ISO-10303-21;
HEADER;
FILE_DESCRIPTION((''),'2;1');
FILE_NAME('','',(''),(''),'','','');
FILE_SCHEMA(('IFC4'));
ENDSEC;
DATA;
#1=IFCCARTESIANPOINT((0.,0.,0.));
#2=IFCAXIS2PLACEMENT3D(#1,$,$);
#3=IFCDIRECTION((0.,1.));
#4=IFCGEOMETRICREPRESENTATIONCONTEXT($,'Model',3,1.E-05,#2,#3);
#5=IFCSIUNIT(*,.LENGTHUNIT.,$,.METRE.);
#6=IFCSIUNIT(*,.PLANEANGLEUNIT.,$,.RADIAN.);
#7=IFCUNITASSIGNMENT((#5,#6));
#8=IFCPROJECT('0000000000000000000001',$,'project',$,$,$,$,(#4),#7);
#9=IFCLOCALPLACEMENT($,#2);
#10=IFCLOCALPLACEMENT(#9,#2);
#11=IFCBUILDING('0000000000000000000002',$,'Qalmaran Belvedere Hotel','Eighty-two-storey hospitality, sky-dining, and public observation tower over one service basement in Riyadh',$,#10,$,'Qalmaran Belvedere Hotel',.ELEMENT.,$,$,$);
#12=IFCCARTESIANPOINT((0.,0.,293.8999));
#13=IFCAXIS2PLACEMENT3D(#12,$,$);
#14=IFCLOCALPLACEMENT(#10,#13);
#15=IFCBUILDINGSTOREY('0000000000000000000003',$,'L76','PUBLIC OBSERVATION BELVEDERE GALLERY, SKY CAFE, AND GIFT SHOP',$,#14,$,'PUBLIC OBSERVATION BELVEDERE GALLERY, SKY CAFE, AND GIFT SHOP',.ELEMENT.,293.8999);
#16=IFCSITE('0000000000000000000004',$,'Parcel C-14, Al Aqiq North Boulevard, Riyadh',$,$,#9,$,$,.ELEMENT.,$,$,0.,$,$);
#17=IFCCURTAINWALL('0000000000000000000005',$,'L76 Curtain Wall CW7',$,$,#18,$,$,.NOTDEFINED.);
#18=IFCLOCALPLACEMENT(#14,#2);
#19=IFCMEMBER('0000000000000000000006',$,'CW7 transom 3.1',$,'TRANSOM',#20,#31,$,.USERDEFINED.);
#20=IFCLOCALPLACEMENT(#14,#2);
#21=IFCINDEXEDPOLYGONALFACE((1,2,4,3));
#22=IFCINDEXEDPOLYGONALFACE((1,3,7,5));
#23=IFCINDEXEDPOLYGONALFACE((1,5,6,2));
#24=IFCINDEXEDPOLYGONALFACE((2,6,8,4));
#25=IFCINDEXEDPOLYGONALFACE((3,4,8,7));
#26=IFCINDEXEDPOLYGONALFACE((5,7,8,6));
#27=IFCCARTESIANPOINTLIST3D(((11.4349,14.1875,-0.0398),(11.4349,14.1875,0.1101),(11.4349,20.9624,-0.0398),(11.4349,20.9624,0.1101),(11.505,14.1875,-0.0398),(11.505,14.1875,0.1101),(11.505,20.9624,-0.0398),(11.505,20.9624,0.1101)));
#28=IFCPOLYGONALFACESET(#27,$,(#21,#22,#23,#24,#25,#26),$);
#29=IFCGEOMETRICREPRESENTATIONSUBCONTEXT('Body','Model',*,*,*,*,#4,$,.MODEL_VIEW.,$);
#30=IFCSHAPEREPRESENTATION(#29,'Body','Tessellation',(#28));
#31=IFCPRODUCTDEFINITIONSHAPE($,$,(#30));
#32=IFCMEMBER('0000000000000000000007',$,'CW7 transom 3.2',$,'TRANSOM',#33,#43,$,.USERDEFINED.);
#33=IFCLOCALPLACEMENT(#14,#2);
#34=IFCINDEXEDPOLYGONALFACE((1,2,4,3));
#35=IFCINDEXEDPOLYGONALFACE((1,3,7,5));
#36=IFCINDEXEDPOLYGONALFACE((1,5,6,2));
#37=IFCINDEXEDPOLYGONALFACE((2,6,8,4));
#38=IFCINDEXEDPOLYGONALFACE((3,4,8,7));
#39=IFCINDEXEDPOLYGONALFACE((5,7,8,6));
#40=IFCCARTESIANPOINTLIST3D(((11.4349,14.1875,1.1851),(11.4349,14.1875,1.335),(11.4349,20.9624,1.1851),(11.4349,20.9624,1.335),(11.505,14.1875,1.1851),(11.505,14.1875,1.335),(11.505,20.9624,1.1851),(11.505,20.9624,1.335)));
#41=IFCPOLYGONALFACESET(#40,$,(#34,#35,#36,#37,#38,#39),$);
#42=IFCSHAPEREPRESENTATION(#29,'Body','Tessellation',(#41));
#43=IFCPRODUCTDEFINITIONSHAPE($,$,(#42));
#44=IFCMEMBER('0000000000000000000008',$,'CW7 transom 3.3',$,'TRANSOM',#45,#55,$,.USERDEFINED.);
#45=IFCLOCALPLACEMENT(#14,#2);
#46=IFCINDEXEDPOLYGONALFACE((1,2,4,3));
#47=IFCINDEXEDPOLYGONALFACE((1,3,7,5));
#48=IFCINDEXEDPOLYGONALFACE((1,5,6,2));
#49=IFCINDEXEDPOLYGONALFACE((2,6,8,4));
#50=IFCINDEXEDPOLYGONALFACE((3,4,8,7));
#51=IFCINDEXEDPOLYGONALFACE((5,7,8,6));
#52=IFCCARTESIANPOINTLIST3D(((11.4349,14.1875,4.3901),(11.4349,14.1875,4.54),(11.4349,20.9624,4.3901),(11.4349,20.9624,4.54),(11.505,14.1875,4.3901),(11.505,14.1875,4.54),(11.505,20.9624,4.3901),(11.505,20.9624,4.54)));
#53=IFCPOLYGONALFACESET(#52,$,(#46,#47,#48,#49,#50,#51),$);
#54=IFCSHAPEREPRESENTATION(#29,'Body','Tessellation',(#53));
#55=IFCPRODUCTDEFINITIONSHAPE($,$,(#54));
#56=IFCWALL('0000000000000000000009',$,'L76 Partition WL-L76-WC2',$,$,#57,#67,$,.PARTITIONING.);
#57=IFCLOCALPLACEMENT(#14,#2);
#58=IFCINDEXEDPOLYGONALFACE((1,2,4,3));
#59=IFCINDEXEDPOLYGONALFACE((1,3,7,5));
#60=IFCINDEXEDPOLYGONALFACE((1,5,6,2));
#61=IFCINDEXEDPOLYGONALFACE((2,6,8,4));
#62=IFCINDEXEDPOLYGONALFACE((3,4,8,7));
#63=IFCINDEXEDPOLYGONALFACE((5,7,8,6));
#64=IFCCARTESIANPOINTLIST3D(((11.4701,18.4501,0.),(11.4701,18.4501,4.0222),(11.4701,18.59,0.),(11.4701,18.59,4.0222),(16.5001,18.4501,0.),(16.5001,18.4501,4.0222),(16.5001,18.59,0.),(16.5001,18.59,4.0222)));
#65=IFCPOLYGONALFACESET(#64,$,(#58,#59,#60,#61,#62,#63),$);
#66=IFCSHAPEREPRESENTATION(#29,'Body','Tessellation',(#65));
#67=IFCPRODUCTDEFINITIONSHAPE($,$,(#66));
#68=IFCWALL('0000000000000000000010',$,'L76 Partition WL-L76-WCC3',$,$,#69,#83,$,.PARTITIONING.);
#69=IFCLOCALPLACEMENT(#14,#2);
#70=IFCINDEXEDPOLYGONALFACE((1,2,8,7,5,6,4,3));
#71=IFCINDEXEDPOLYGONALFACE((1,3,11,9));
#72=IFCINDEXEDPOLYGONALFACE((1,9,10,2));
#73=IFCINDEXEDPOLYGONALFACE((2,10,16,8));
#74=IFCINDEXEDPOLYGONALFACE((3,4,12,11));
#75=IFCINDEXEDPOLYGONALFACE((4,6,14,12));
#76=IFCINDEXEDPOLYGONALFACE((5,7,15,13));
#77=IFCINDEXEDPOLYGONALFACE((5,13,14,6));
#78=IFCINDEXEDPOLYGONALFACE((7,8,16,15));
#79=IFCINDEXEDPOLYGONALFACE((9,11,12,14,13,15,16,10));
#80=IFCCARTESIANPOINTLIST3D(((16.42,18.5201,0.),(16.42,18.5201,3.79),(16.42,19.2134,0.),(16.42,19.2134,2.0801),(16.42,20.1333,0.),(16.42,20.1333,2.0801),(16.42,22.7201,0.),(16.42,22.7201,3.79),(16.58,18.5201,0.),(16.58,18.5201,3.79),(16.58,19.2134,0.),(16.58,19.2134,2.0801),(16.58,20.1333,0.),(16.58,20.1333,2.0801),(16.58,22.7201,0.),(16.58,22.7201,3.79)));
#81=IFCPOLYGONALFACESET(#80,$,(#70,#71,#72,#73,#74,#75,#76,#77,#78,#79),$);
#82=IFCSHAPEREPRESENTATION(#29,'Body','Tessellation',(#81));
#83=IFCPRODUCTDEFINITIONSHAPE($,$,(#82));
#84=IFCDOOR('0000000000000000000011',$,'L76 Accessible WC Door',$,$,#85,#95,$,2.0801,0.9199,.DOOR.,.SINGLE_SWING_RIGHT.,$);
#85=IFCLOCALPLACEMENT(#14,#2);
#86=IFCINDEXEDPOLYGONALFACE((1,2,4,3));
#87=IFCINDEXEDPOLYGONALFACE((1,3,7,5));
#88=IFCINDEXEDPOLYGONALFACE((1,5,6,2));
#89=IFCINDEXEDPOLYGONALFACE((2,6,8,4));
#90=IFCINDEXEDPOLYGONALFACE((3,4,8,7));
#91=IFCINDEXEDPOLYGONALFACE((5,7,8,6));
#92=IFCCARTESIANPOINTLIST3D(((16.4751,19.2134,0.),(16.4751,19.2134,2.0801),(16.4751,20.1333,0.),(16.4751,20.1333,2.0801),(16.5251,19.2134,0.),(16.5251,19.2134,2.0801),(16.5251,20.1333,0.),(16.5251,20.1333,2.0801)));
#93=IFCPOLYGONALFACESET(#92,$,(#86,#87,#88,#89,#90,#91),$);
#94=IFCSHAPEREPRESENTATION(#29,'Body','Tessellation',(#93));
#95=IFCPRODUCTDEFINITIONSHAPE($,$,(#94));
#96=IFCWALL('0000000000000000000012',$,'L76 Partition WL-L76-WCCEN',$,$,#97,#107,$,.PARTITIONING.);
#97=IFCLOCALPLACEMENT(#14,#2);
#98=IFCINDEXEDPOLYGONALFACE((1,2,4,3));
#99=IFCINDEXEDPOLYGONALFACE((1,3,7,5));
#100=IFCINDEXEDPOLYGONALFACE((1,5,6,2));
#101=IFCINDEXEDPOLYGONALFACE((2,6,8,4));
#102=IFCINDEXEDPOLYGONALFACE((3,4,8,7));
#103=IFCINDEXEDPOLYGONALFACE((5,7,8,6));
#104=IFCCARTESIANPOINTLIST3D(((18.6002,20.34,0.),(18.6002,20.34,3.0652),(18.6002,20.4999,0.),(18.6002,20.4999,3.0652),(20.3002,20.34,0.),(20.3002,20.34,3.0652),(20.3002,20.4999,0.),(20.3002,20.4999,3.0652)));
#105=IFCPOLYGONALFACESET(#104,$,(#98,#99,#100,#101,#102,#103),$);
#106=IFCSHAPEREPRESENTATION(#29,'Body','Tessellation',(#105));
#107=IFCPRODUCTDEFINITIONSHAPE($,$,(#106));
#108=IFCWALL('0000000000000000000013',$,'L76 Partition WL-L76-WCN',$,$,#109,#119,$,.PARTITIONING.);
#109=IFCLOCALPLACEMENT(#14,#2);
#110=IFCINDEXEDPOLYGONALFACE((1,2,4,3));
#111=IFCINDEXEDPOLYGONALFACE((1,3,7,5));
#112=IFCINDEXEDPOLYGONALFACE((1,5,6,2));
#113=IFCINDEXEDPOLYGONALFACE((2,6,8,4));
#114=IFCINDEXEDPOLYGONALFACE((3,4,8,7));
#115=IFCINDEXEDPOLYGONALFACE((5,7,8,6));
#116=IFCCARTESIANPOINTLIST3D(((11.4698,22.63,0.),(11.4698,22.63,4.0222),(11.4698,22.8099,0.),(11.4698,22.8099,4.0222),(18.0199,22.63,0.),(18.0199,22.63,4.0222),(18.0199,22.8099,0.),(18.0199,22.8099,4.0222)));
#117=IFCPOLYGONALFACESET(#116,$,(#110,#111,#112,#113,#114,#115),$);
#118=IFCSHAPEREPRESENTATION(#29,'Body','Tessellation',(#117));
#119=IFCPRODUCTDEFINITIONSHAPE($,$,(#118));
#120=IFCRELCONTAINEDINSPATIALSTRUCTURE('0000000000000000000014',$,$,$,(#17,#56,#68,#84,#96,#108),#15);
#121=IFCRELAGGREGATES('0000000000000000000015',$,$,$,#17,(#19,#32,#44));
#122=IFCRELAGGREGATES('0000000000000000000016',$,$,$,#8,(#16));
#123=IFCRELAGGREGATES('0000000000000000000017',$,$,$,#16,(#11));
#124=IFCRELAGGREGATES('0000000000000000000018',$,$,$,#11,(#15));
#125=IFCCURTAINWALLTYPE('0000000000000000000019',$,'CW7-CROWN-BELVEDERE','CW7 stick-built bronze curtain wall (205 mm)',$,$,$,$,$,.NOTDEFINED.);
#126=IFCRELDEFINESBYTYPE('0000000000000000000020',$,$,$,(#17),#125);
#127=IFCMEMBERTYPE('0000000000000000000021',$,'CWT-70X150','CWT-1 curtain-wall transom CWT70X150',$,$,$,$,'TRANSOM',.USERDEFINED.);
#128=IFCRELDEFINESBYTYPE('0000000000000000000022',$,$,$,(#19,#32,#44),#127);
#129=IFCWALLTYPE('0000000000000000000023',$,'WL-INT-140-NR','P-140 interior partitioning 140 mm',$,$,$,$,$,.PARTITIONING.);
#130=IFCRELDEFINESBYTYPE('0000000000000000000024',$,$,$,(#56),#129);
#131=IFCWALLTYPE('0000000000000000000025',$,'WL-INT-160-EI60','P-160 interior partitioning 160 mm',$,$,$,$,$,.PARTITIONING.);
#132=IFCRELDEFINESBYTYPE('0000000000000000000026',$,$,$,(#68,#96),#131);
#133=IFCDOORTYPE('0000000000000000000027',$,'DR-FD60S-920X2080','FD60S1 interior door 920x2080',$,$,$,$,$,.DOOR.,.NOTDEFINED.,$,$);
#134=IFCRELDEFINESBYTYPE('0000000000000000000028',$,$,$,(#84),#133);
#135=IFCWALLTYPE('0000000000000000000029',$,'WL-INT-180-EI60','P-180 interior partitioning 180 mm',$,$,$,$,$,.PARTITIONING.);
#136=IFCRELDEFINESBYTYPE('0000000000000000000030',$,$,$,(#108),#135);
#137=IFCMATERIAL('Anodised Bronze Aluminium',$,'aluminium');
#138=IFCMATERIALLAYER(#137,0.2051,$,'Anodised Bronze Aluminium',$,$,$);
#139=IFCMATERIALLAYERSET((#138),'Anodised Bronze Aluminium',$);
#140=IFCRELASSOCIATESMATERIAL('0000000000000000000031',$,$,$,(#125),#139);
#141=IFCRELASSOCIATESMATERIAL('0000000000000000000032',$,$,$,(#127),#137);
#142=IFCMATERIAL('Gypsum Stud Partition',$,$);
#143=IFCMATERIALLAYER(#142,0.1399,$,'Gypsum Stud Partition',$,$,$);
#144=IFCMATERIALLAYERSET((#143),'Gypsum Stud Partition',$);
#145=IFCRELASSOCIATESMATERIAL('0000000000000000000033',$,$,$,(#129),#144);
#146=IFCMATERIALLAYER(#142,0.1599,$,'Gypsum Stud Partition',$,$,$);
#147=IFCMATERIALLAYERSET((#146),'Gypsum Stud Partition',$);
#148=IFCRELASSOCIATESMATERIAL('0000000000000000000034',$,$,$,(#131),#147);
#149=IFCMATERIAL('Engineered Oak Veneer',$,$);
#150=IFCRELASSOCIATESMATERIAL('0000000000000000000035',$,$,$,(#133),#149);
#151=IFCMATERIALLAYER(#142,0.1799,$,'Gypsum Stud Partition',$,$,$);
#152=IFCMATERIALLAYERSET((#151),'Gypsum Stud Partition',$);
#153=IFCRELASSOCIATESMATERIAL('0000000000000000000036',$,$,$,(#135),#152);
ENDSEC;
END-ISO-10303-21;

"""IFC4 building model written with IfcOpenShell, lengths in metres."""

from ifc_helpers import new_model, si_unit, direction, frame, frame_2d, origin, origin_2d, place, context, subcontext, project, spatial, rectangle, extrude, material, layer, layer_set, material_profile, profile_set, type_object, element, fill, aggregate, save


model = new_model("IFC4")

# Units and contexts
model_context = context("Model", 3, precision=1e-05, world=origin(), true_north=direction((0.0, 1.0)))
body_context = subcontext(model_context, "Body", "Model", "MODEL_VIEW")
ifc_project = project(units=[si_unit("LENGTHUNIT", "METRE"), si_unit("PLANEANGLEUNIT", "RADIAN")], contexts=[model_context])

# Site, building, storey
site_placement = place(None, origin())
site = spatial("IfcSite", under=ifc_project, at=site_placement, Name="Parcel C-14, Al Aqiq North Boulevard, Riyadh", CompositionType="ELEMENT", RefElevation=0.0)
building_placement = place(site_placement, origin())
building = spatial("IfcBuilding", under=site, at=building_placement, Name="Qalmaran Belvedere Hotel", Description="Eighty-two-storey hospitality, sky-dining, and public observation tower over one service basement in Riyadh", LongName="Qalmaran Belvedere Hotel", CompositionType="ELEMENT")
storey_placement = place(building_placement, frame((0.0, 0.0, 293.8999)))
storey = spatial("IfcBuildingStorey", under=building, at=storey_placement, Name="L76", Description="PUBLIC OBSERVATION BELVEDERE GALLERY, SKY CAFE, AND GIFT SHOP", LongName="PUBLIC OBSERVATION BELVEDERE GALLERY, SKY CAFE, AND GIFT SHOP", CompositionType="ELEMENT", Elevation=293.8999)

# Curtain wall, members
ifc_material_1 = material(Name="Anodised Bronze Aluminium", Category="aluminium")
ifc_layer_1 = layer(ifc_material_1, 0.2051, Name="Anodised Bronze Aluminium")
ifc_layer_set_1 = layer_set([ifc_layer_1], Name="Anodised Bronze Aluminium")
curtain_wall_type = type_object("IfcCurtainWallType", Name="CW7-CROWN-BELVEDERE", Description="CW7 stick-built bronze curtain wall (205 mm)", PredefinedType="NOTDEFINED", material=ifc_layer_set_1)
curtain_wall_placement = place(storey_placement, origin())
curtain_wall = element("IfcCurtainWall", 1, at=curtain_wall_placement, inside=storey, type_object=curtain_wall_type, Name="L76 Curtain Wall CW7", PredefinedType="NOTDEFINED")
ifc_material_profile_1 = material_profile(ifc_material_1, rectangle(XDim=0.0701, YDim=0.1499, at=origin_2d()), Name="CWT70X150")
ifc_profile_set_1 = profile_set([ifc_material_profile_1], Name="Anodised Bronze Aluminium")
member_type_1 = type_object("IfcMemberType", Name="CWT-70X150", Description="CWT-1 curtain-wall transom CWT70X150", ElementType="TRANSOM", PredefinedType="USERDEFINED", material=ifc_profile_set_1)
member_1_placement = place(storey_placement, frame((11.47, 20.9624, 0.0352), z_axis=(0.0, -1.0, 0.0), x_axis=(1.0, 0.0, 0.0)))
member_1 = element("IfcMember", 2, at=member_1_placement, type_object=member_type_1, Name="CW7 transom 3.1", ObjectType="TRANSOM", PredefinedType="USERDEFINED", context=body_context, shape_type="SweptSolid", body=[
    extrude(rectangle(XDim=0.0701, YDim=0.1499, at=origin_2d()), origin(), (0.0, 0.0, 1.0), 6.7749),
])
member_2_placement = place(storey_placement, frame((11.47, 20.9624, 1.26), z_axis=(0.0, -1.0, 0.0), x_axis=(1.0, 0.0, 0.0)))
member_2 = element("IfcMember", 3, at=member_2_placement, type_object=member_type_1, Name="CW7 transom 3.2", ObjectType="TRANSOM", PredefinedType="USERDEFINED", context=body_context, shape_type="SweptSolid", body=[
    extrude(rectangle(XDim=0.0701, YDim=0.1499, at=origin_2d()), origin(), (0.0, 0.0, 1.0), 6.7749),
])
member_3_placement = place(storey_placement, frame((11.47, 20.9624, 4.4651), z_axis=(0.0, -1.0, 0.0), x_axis=(1.0, 0.0, 0.0)))
member_3 = element("IfcMember", 4, at=member_3_placement, type_object=member_type_1, Name="CW7 transom 3.3", ObjectType="TRANSOM", PredefinedType="USERDEFINED", context=body_context, shape_type="SweptSolid", body=[
    extrude(rectangle(XDim=0.0701, YDim=0.1499, at=origin_2d()), origin(), (0.0, 0.0, 1.0), 6.7749),
])
aggregate(curtain_wall, [member_1, member_2, member_3])

# Wall
ifc_material_2 = material(Name="Gypsum Stud Partition")
ifc_layer_2 = layer(ifc_material_2, 0.1399, Name="Gypsum Stud Partition")
ifc_layer_set_2 = layer_set([ifc_layer_2], Name="Gypsum Stud Partition")
wall_type_1 = type_object("IfcWallType", Name="WL-INT-140-NR", Description="P-140 interior partitioning 140 mm", PredefinedType="PARTITIONING", material=ifc_layer_set_2)
wall_1_placement = place(storey_placement, frame((11.47, 18.52, 0.0), z_axis=(0.0, 0.0, 1.0), x_axis=(1.0, 0.0, 0.0)))
element("IfcWall", 5, at=wall_1_placement, inside=storey, type_object=wall_type_1, Name="L76 Partition WL-L76-WC2", PredefinedType="PARTITIONING", context=body_context, shape_type="SweptSolid", body=[
    extrude(rectangle(XDim=5.03, YDim=0.1399, at=frame_2d((2.5151, 0.0))), origin(), (0.0, 0.0, 1.0), 4.0222),
])

# Wall, opening, door
ifc_layer_3 = layer(ifc_material_2, 0.1599, Name="Gypsum Stud Partition")
ifc_layer_set_3 = layer_set([ifc_layer_3], Name="Gypsum Stud Partition")
wall_type_2 = type_object("IfcWallType", Name="WL-INT-160-EI60", Description="P-160 interior partitioning 160 mm", PredefinedType="PARTITIONING", material=ifc_layer_set_3)
wall_2_placement = place(storey_placement, frame((16.5, 18.52, 0.0), z_axis=(0.0, 0.0, 1.0), x_axis=(0.0, 1.0, 0.0)))
wall_2 = element("IfcWall", 6, at=wall_2_placement, inside=storey, type_object=wall_type_2, Name="L76 Partition WL-L76-WCC3", PredefinedType="PARTITIONING", context=body_context, shape_type="SweptSolid", body=[
    extrude(rectangle(XDim=4.2, YDim=0.1599, at=frame_2d((2.1001, 0.0))), origin(), (0.0, 0.0, 1.0), 3.79),
])
opening_1_placement = place(wall_2_placement, frame((0.6934, 0.0, 0.0)))
opening_1 = element("IfcOpeningElement", 7, at=opening_1_placement, cuts=wall_2, PredefinedType="OPENING", context=body_context, shape_type="SweptSolid", body=[
    extrude(rectangle(XDim=0.9199, YDim=2.0801, at=frame_2d((0.46, 1.04))), frame((0.0, 0.0898, 0.0), z_axis=(0.0, -1.0, 0.0), x_axis=(1.0, 0.0, 0.0)), (0.0, 0.0, 1.0), 0.1799),
])
ifc_material_3 = material(Name="Engineered Oak Veneer")
door_type_1 = type_object("IfcDoorType", Name="DR-FD60S-920X2080", Description="FD60S1 interior door 920x2080", OperationType="NOTDEFINED", PredefinedType="DOOR", material=ifc_material_3)
door_1_placement = place(opening_1_placement, origin())
door_1 = element("IfcDoor", 8, at=door_1_placement, inside=storey, type_object=door_type_1, Name="L76 Accessible WC Door", OperationType="SINGLE_SWING_RIGHT", OverallHeight=2.0801, OverallWidth=0.9199, PredefinedType="DOOR", context=body_context, shape_type="SweptSolid", body=[
    extrude(rectangle(XDim=0.9199, YDim=2.0801, at=frame_2d((0.46, 1.04))), frame((0.0, 0.0249, 0.0), z_axis=(0.0, -1.0, 0.0), x_axis=(1.0, 0.0, 0.0)), (0.0, 0.0, 1.0), 0.05),
])
fill(opening_1, door_1)

# Wall
wall_3_placement = place(storey_placement, frame((18.6001, 20.4199, 0.0), z_axis=(0.0, 0.0, 1.0), x_axis=(1.0, 0.0, 0.0)))
element("IfcWall", 9, at=wall_3_placement, inside=storey, type_object=wall_type_2, Name="L76 Partition WL-L76-WCCEN", PredefinedType="PARTITIONING", context=body_context, shape_type="SweptSolid", body=[
    extrude(rectangle(XDim=1.7, YDim=0.1599, at=frame_2d((0.8501, 0.0))), origin(), (0.0, 0.0, 1.0), 3.0652),
])

# Wall
ifc_layer_4 = layer(ifc_material_2, 0.1799, Name="Gypsum Stud Partition")
ifc_layer_set_4 = layer_set([ifc_layer_4], Name="Gypsum Stud Partition")
wall_type_3 = type_object("IfcWallType", Name="WL-INT-180-EI60", Description="P-180 interior partitioning 180 mm", PredefinedType="PARTITIONING", material=ifc_layer_set_4)
wall_4_placement = place(storey_placement, frame((11.47, 22.72, 0.0), z_axis=(0.0, 0.0, 1.0), x_axis=(1.0, 0.0, 0.0)))
element("IfcWall", 10, at=wall_4_placement, inside=storey, type_object=wall_type_3, Name="L76 Partition WL-L76-WCN", PredefinedType="PARTITIONING", context=body_context, shape_type="SweptSolid", body=[
    extrude(rectangle(XDim=6.55, YDim=0.1799, at=frame_2d((3.2749, 0.0))), origin(), (0.0, 0.0, 1.0), 4.0222),
])

save(model, "model.ifc")
